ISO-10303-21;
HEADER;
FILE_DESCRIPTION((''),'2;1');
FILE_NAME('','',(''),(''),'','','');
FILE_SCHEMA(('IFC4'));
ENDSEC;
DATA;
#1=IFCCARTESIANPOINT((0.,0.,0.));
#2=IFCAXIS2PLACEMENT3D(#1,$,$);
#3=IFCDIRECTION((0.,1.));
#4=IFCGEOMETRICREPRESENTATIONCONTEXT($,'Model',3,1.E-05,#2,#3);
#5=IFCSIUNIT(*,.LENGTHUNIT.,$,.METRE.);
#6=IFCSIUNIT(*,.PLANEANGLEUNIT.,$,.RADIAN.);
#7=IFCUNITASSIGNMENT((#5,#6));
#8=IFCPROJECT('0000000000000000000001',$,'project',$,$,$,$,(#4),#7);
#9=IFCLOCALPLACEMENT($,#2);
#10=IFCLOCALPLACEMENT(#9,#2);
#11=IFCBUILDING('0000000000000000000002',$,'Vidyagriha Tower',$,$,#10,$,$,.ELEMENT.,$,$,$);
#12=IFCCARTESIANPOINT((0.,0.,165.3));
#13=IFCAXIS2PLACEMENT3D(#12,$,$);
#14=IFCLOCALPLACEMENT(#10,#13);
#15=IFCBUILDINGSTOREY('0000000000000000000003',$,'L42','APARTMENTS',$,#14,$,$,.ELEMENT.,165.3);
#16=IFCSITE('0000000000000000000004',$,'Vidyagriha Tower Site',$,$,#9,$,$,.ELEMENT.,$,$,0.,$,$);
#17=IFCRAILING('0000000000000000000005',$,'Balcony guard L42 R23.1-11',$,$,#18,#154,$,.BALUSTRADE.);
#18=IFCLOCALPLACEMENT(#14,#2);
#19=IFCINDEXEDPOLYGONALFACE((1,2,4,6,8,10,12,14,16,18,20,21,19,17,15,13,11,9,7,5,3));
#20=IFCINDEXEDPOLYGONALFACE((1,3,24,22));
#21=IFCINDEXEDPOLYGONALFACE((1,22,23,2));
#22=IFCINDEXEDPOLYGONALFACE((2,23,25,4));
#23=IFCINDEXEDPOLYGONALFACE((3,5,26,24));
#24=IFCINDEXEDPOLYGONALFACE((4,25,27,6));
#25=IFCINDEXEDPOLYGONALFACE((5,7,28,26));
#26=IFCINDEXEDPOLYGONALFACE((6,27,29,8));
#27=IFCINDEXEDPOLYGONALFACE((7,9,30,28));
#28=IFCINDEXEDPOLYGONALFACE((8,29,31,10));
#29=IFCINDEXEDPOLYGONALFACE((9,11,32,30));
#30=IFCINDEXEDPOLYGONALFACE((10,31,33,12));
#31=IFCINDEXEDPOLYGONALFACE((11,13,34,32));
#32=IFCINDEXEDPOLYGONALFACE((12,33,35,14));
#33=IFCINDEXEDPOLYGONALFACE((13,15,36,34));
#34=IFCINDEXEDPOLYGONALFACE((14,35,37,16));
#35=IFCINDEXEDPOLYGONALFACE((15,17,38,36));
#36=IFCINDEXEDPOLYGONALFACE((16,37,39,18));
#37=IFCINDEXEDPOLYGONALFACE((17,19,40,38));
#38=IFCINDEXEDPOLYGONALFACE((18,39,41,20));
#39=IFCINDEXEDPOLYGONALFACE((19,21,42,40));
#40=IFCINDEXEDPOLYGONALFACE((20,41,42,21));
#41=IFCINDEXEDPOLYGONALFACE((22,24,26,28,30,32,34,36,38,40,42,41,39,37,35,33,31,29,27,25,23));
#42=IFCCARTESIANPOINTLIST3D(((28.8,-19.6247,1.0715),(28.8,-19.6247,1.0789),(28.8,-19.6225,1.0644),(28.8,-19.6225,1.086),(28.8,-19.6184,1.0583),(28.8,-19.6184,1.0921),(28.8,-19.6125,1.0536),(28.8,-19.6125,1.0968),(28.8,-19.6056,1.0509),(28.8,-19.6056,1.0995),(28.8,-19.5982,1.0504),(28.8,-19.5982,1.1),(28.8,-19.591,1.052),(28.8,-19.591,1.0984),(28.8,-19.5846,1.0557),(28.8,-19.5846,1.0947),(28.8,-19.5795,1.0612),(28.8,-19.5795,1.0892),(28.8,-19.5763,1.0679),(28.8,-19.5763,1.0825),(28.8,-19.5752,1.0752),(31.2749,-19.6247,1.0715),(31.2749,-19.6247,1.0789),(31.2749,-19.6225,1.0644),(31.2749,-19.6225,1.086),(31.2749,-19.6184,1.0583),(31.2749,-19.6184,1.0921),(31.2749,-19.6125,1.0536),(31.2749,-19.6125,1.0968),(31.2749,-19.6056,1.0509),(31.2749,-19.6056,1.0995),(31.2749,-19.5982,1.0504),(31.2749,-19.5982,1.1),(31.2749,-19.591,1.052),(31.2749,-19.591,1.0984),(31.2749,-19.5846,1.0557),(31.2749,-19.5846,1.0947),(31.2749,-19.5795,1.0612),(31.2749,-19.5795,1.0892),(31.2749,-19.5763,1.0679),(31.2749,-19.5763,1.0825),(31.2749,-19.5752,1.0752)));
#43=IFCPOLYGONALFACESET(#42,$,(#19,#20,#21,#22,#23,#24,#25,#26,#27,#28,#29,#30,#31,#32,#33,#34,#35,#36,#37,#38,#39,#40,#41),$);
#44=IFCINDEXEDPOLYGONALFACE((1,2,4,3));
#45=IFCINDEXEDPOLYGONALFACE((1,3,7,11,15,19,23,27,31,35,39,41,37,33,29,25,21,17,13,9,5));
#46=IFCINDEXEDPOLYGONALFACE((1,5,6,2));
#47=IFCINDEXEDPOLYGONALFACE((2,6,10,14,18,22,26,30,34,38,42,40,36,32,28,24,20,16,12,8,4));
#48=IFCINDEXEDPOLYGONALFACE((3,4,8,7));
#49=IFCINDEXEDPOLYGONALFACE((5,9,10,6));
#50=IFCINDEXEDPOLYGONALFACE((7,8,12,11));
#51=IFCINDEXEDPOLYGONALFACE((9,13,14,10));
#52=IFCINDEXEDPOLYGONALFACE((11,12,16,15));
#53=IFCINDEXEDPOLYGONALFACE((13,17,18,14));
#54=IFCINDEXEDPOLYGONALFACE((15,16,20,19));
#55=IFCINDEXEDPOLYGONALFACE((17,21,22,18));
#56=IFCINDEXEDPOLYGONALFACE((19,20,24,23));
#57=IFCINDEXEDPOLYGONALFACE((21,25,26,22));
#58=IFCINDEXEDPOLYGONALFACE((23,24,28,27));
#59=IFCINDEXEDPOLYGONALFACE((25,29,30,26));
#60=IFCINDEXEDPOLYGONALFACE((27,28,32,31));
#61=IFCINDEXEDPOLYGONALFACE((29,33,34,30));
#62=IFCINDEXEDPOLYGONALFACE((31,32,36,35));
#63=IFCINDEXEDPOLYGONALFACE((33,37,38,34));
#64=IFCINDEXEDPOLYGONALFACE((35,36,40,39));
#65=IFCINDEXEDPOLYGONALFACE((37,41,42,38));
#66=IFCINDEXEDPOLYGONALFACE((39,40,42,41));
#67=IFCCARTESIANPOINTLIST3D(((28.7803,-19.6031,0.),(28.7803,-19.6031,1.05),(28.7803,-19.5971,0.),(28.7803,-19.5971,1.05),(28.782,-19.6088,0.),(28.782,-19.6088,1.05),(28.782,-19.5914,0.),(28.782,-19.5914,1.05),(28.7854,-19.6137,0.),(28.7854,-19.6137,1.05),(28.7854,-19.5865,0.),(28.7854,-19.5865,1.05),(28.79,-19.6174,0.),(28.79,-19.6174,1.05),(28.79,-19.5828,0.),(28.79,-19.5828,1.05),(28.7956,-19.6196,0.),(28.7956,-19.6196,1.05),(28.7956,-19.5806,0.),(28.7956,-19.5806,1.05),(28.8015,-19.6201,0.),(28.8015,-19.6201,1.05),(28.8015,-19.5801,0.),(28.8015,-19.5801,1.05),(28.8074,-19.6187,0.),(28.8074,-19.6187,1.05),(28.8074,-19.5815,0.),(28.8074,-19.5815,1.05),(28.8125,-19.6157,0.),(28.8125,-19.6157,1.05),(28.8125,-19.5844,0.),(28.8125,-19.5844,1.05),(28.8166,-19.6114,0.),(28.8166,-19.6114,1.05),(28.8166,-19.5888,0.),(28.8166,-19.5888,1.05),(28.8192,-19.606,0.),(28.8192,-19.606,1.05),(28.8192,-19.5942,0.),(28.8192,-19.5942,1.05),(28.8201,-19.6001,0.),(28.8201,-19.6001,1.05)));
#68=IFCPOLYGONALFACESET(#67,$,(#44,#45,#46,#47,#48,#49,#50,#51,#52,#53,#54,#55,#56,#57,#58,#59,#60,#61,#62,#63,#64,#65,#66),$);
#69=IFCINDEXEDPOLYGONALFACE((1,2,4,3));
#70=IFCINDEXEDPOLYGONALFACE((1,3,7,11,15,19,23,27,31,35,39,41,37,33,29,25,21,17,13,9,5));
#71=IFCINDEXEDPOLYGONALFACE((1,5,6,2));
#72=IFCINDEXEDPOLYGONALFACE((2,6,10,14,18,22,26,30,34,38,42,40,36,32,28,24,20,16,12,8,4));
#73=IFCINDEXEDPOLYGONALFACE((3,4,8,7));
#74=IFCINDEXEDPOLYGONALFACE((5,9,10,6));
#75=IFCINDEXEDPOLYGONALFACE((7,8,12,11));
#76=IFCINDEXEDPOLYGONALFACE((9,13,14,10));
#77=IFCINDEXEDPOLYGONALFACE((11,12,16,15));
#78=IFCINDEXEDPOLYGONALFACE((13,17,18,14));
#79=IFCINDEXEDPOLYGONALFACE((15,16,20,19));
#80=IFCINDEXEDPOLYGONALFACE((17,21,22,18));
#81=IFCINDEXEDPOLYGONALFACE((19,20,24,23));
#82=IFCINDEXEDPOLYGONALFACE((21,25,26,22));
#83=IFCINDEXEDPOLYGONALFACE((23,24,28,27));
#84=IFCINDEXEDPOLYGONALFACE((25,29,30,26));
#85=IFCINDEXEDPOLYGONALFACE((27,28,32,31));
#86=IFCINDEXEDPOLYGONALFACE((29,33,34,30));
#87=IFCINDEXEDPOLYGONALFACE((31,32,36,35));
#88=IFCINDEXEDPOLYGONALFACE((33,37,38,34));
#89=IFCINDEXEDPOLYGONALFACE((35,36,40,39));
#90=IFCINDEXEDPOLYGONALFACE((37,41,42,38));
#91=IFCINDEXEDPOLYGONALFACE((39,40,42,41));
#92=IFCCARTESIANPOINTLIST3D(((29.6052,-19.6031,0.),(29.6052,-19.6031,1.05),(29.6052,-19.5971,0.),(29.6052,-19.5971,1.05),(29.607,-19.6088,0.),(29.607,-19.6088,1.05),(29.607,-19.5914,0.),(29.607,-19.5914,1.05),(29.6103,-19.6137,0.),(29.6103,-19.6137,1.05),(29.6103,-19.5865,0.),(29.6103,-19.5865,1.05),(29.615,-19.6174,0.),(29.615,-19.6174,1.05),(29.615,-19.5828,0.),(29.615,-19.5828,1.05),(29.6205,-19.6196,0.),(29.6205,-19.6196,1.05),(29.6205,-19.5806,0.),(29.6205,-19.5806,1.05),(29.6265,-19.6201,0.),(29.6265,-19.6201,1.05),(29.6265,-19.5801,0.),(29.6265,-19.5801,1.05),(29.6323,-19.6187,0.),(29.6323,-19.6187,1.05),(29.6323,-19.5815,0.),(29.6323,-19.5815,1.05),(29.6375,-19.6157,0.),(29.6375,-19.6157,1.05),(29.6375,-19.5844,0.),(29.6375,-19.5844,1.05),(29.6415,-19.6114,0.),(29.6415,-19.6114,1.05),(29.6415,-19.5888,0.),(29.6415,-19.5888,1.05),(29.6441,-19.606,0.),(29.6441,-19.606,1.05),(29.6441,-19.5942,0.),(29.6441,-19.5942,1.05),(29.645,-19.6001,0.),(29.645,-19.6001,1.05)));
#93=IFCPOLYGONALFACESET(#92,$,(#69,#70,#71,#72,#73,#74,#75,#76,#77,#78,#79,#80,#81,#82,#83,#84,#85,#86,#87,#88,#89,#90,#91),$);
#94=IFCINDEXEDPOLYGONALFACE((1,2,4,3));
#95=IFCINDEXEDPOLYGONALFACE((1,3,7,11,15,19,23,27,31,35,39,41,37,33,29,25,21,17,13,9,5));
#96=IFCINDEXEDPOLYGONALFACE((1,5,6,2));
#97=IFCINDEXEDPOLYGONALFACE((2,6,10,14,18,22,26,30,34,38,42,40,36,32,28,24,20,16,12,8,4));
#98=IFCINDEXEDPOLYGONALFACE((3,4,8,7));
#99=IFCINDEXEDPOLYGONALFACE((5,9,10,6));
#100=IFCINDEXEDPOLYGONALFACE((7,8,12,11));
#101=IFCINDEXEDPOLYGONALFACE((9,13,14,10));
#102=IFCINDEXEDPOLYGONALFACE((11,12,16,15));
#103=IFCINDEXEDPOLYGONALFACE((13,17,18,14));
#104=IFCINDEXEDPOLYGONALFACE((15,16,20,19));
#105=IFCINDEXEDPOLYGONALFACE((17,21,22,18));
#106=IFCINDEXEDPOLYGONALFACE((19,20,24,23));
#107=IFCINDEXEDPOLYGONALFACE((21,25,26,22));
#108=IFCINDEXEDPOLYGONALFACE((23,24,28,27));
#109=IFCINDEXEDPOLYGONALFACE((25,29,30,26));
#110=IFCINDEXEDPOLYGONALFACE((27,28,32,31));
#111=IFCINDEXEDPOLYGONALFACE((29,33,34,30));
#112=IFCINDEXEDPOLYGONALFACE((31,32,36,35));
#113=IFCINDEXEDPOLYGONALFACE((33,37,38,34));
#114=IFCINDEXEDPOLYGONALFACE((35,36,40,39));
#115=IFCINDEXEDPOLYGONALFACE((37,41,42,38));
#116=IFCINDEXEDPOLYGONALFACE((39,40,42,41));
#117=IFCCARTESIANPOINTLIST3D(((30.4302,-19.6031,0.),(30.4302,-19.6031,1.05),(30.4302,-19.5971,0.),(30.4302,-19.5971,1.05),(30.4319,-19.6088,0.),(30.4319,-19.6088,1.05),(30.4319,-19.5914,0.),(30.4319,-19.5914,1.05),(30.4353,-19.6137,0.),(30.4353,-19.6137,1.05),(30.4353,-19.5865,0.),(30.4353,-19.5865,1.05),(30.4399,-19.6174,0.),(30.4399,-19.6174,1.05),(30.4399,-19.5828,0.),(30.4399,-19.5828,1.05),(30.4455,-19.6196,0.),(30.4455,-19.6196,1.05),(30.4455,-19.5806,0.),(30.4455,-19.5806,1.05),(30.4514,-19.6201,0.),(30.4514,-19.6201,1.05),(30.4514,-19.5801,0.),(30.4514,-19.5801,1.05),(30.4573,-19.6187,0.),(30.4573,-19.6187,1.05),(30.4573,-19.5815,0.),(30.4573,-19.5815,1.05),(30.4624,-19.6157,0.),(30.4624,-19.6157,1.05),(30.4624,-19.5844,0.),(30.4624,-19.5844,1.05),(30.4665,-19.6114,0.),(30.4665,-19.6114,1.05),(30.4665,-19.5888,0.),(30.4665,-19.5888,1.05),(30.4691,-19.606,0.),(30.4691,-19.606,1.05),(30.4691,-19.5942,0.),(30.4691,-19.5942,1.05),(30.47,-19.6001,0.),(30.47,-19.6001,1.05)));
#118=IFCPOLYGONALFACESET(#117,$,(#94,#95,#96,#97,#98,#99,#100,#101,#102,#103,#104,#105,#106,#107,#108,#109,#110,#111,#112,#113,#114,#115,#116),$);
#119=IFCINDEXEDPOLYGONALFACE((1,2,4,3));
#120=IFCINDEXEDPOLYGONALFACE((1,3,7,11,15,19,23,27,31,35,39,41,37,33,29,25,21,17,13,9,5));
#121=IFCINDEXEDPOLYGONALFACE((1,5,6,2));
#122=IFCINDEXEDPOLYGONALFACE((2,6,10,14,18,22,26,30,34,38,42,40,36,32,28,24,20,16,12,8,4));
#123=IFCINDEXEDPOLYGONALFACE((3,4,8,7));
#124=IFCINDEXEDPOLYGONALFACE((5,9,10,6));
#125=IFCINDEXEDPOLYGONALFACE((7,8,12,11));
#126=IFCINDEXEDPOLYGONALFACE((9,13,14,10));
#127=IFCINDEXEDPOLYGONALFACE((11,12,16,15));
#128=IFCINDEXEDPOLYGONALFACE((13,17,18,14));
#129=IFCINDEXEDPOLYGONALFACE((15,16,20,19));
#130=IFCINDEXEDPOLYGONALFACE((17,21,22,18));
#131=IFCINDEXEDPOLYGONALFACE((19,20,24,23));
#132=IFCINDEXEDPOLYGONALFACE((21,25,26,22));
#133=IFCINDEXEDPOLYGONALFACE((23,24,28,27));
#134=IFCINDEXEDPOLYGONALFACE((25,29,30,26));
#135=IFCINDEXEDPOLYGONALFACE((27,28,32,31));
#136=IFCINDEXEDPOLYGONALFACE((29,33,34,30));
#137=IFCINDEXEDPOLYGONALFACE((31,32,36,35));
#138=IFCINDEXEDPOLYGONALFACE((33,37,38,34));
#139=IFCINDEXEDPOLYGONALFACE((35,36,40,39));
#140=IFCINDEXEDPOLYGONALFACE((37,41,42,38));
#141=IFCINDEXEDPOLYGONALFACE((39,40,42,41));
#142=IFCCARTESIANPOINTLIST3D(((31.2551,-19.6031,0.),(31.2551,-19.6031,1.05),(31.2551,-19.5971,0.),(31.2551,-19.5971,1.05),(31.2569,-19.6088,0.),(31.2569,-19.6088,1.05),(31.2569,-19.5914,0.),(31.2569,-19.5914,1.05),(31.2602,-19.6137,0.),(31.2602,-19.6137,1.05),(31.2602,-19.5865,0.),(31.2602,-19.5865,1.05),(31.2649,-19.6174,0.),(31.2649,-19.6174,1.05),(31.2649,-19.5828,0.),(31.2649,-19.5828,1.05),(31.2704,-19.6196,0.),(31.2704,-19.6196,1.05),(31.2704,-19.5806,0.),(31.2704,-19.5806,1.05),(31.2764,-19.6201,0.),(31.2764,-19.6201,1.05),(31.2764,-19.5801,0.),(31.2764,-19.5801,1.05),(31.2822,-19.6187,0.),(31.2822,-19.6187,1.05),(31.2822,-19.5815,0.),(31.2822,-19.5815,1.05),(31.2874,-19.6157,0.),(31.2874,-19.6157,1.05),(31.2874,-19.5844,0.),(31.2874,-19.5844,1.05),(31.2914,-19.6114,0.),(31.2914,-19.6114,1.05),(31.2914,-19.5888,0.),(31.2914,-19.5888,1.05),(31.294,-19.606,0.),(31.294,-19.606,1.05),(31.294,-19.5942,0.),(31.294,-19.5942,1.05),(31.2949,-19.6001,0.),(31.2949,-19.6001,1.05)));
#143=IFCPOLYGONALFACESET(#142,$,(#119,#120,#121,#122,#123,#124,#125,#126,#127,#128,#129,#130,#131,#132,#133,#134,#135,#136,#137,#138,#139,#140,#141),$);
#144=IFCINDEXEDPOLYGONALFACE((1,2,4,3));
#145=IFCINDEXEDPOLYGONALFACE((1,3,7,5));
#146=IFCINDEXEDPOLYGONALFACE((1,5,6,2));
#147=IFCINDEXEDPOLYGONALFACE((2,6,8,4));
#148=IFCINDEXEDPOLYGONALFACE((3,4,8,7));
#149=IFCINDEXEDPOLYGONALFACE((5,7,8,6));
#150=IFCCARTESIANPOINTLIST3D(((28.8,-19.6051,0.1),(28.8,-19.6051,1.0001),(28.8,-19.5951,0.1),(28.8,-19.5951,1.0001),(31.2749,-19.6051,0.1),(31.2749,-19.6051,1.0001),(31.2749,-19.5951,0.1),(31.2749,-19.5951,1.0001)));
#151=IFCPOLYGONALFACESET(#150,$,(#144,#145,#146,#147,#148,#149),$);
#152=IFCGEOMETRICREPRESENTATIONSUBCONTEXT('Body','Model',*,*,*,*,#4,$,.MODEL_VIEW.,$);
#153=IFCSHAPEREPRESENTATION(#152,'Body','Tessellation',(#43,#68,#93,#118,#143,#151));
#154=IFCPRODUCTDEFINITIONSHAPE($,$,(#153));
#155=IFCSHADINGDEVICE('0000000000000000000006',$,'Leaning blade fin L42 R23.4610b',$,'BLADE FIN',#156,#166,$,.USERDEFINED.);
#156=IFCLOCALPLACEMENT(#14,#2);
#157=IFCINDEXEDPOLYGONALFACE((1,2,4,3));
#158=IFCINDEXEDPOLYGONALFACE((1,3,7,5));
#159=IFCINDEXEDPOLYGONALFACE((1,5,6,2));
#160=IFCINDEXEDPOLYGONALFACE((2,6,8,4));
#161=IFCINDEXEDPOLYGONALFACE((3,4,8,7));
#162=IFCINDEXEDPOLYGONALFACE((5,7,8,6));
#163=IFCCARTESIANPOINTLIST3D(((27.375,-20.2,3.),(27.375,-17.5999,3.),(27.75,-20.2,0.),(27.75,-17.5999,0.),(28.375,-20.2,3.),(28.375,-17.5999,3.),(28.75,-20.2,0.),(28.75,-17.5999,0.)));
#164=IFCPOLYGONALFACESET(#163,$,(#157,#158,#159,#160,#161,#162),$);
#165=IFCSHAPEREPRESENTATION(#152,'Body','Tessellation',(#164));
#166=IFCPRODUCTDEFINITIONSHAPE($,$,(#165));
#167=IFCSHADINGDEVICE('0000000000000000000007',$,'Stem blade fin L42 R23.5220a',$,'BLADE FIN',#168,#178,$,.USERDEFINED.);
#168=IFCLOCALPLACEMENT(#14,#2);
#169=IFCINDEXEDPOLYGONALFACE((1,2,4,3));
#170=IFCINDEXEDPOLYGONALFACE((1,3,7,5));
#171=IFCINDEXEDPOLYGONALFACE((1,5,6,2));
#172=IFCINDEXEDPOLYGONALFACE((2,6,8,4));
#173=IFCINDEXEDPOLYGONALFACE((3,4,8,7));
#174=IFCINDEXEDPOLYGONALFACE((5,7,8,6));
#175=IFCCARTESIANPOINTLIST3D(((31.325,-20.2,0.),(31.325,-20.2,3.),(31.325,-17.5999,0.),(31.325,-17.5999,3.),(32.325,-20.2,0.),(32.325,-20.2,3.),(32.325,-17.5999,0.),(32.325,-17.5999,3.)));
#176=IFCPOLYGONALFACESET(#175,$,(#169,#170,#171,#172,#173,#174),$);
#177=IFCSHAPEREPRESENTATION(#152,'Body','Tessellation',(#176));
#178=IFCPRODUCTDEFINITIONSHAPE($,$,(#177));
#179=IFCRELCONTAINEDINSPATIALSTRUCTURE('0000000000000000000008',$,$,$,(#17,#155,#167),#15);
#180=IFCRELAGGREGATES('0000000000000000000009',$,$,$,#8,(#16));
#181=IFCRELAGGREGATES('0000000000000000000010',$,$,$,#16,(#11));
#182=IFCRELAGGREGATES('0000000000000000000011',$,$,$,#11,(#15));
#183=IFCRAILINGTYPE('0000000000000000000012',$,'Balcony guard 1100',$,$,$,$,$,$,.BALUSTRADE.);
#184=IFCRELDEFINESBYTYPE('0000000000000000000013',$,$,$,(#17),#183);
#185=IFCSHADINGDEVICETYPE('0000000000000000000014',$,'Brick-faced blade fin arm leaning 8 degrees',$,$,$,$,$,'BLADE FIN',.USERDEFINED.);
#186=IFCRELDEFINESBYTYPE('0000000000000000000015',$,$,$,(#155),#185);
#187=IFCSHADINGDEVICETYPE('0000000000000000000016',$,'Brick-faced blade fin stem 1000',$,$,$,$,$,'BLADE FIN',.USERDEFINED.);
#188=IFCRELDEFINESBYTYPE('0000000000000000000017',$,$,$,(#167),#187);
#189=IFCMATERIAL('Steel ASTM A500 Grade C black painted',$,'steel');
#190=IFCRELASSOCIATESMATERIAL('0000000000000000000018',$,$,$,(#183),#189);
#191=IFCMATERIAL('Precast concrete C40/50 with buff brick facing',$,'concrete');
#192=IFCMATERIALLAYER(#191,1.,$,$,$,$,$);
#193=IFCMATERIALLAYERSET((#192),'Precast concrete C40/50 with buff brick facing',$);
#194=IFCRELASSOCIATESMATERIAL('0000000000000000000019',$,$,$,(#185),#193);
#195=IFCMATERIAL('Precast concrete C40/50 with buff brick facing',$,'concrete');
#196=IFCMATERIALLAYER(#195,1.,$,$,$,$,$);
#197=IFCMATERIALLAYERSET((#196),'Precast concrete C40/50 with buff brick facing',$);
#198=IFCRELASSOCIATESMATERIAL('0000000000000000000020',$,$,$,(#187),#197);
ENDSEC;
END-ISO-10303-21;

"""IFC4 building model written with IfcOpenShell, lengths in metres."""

from ifc_helpers import new_model, si_unit, direction, frame, origin, origin_2d, place, context, subcontext, project, spatial, polyline, rectangle, circle, outline, extrude, material, layer, layer_set, type_object, element, save


model = new_model("IFC4")

# Units and contexts
model_context = context("Model", 3, precision=1e-05, world=origin(), true_north=direction((0.0, 1.0)))
body_context = subcontext(model_context, "Body", "Model", "MODEL_VIEW")
ifc_project = project(units=[si_unit("LENGTHUNIT", "METRE"), si_unit("PLANEANGLEUNIT", "RADIAN")], contexts=[model_context])

# Site, building, storey
site_placement = place(None, origin())
site = spatial("IfcSite", under=ifc_project, at=site_placement, Name="Vidyagriha Tower Site", CompositionType="ELEMENT", RefElevation=0.0)
building_placement = place(site_placement, origin())
building = spatial("IfcBuilding", under=site, at=building_placement, Name="Vidyagriha Tower", CompositionType="ELEMENT")
storey_placement = place(building_placement, frame((0.0, 0.0, 165.3)))
storey = spatial("IfcBuildingStorey", under=building, at=storey_placement, Name="L42", Description="APARTMENTS", CompositionType="ELEMENT", Elevation=165.3)

# Railing
ifc_material_1 = material(Name="Steel ASTM A500 Grade C black painted", Category="steel")
railing_type = type_object("IfcRailingType", Name="Balcony guard 1100", PredefinedType="BALUSTRADE", material=ifc_material_1)
railing_placement = place(storey_placement, frame((28.8, -19.6001, 0.0)))
element("IfcRailing", 1, at=railing_placement, inside=storey, type_object=railing_type, Name="Balcony guard L42 R23.1-11", PredefinedType="BALUSTRADE", context=body_context, shape_type="SweptSolid", body=[
    extrude(circle(Radius=0.0249, at=origin_2d()), frame((0.0, 0.0, 1.0752), z_axis=(1.0, 0.0, 0.0), x_axis=(0.0, 1.0, 0.0)), (0.0, 0.0, 1.0), 2.4749),
    extrude(circle(Radius=0.02, at=origin_2d()), origin(), (0.0, 0.0, 1.0), 1.05),
    extrude(circle(Radius=0.02, at=origin_2d()), frame((0.825, 0.0, 0.0)), (0.0, 0.0, 1.0), 1.05),
    extrude(circle(Radius=0.02, at=origin_2d()), frame((1.6499, 0.0, 0.0)), (0.0, 0.0, 1.0), 1.05),
    extrude(circle(Radius=0.02, at=origin_2d()), frame((2.4749, 0.0, 0.0)), (0.0, 0.0, 1.0), 1.05),
    extrude(rectangle(XDim=0.01, YDim=0.9001, at=origin_2d()), frame((0.0, 0.0, 0.55), z_axis=(1.0, 0.0, 0.0), x_axis=(0.0, 1.0, 0.0)), (0.0, 0.0, 1.0), 2.4749),
])

# Shading devices
ifc_material_2 = material(Name="Precast concrete C40/50 with buff brick facing", Category="concrete")
ifc_layer_1 = layer(ifc_material_2, 1.0)
ifc_layer_set_1 = layer_set([ifc_layer_1], Name="Precast concrete C40/50 with buff brick facing")
shading_device_type_1 = type_object("IfcShadingDeviceType", Name="Brick-faced blade fin arm leaning 8 degrees", ElementType="BLADE FIN", PredefinedType="USERDEFINED", material=ifc_layer_set_1)
shading_device_1_placement = place(storey_placement, frame((27.375, -18.8999, 0.0)))
element("IfcShadingDevice", 2, at=shading_device_1_placement, inside=storey, type_object=shading_device_type_1, Name="Leaning blade fin L42 R23.4610b", ObjectType="BLADE FIN", PredefinedType="USERDEFINED", context=body_context, shape_type="SweptSolid", body=[
    extrude(outline(polyline([(0.375, 0.0), (1.375, 0.0), (1.0, 3.0), (0.0, 3.0), (0.375, 0.0)])), frame((0.0, 1.3, 0.0), z_axis=(0.0, -1.0, 0.0), x_axis=(1.0, 0.0, 0.0)), (0.0, 0.0, 1.0), 2.6001),
])
ifc_material_3 = material(Name="Precast concrete C40/50 with buff brick facing", Category="concrete")
ifc_layer_2 = layer(ifc_material_3, 1.0)
ifc_layer_set_2 = layer_set([ifc_layer_2], Name="Precast concrete C40/50 with buff brick facing")
shading_device_type_2 = type_object("IfcShadingDeviceType", Name="Brick-faced blade fin stem 1000", ElementType="BLADE FIN", PredefinedType="USERDEFINED", material=ifc_layer_set_2)
shading_device_2_placement = place(storey_placement, frame((31.325, -18.8999, 0.0)))
element("IfcShadingDevice", 3, at=shading_device_2_placement, inside=storey, type_object=shading_device_type_2, Name="Stem blade fin L42 R23.5220a", ObjectType="BLADE FIN", PredefinedType="USERDEFINED", context=body_context, shape_type="SweptSolid", body=[
    extrude(outline(polyline([(0.0, 0.0), (1.0, 0.0), (1.0, 3.0), (0.0, 3.0), (0.0, 0.0)])), frame((0.0, 1.3, 0.0), z_axis=(0.0, -1.0, 0.0), x_axis=(1.0, 0.0, 0.0)), (0.0, 0.0, 1.0), 2.6001),
])

save(model, "model.ifc")
